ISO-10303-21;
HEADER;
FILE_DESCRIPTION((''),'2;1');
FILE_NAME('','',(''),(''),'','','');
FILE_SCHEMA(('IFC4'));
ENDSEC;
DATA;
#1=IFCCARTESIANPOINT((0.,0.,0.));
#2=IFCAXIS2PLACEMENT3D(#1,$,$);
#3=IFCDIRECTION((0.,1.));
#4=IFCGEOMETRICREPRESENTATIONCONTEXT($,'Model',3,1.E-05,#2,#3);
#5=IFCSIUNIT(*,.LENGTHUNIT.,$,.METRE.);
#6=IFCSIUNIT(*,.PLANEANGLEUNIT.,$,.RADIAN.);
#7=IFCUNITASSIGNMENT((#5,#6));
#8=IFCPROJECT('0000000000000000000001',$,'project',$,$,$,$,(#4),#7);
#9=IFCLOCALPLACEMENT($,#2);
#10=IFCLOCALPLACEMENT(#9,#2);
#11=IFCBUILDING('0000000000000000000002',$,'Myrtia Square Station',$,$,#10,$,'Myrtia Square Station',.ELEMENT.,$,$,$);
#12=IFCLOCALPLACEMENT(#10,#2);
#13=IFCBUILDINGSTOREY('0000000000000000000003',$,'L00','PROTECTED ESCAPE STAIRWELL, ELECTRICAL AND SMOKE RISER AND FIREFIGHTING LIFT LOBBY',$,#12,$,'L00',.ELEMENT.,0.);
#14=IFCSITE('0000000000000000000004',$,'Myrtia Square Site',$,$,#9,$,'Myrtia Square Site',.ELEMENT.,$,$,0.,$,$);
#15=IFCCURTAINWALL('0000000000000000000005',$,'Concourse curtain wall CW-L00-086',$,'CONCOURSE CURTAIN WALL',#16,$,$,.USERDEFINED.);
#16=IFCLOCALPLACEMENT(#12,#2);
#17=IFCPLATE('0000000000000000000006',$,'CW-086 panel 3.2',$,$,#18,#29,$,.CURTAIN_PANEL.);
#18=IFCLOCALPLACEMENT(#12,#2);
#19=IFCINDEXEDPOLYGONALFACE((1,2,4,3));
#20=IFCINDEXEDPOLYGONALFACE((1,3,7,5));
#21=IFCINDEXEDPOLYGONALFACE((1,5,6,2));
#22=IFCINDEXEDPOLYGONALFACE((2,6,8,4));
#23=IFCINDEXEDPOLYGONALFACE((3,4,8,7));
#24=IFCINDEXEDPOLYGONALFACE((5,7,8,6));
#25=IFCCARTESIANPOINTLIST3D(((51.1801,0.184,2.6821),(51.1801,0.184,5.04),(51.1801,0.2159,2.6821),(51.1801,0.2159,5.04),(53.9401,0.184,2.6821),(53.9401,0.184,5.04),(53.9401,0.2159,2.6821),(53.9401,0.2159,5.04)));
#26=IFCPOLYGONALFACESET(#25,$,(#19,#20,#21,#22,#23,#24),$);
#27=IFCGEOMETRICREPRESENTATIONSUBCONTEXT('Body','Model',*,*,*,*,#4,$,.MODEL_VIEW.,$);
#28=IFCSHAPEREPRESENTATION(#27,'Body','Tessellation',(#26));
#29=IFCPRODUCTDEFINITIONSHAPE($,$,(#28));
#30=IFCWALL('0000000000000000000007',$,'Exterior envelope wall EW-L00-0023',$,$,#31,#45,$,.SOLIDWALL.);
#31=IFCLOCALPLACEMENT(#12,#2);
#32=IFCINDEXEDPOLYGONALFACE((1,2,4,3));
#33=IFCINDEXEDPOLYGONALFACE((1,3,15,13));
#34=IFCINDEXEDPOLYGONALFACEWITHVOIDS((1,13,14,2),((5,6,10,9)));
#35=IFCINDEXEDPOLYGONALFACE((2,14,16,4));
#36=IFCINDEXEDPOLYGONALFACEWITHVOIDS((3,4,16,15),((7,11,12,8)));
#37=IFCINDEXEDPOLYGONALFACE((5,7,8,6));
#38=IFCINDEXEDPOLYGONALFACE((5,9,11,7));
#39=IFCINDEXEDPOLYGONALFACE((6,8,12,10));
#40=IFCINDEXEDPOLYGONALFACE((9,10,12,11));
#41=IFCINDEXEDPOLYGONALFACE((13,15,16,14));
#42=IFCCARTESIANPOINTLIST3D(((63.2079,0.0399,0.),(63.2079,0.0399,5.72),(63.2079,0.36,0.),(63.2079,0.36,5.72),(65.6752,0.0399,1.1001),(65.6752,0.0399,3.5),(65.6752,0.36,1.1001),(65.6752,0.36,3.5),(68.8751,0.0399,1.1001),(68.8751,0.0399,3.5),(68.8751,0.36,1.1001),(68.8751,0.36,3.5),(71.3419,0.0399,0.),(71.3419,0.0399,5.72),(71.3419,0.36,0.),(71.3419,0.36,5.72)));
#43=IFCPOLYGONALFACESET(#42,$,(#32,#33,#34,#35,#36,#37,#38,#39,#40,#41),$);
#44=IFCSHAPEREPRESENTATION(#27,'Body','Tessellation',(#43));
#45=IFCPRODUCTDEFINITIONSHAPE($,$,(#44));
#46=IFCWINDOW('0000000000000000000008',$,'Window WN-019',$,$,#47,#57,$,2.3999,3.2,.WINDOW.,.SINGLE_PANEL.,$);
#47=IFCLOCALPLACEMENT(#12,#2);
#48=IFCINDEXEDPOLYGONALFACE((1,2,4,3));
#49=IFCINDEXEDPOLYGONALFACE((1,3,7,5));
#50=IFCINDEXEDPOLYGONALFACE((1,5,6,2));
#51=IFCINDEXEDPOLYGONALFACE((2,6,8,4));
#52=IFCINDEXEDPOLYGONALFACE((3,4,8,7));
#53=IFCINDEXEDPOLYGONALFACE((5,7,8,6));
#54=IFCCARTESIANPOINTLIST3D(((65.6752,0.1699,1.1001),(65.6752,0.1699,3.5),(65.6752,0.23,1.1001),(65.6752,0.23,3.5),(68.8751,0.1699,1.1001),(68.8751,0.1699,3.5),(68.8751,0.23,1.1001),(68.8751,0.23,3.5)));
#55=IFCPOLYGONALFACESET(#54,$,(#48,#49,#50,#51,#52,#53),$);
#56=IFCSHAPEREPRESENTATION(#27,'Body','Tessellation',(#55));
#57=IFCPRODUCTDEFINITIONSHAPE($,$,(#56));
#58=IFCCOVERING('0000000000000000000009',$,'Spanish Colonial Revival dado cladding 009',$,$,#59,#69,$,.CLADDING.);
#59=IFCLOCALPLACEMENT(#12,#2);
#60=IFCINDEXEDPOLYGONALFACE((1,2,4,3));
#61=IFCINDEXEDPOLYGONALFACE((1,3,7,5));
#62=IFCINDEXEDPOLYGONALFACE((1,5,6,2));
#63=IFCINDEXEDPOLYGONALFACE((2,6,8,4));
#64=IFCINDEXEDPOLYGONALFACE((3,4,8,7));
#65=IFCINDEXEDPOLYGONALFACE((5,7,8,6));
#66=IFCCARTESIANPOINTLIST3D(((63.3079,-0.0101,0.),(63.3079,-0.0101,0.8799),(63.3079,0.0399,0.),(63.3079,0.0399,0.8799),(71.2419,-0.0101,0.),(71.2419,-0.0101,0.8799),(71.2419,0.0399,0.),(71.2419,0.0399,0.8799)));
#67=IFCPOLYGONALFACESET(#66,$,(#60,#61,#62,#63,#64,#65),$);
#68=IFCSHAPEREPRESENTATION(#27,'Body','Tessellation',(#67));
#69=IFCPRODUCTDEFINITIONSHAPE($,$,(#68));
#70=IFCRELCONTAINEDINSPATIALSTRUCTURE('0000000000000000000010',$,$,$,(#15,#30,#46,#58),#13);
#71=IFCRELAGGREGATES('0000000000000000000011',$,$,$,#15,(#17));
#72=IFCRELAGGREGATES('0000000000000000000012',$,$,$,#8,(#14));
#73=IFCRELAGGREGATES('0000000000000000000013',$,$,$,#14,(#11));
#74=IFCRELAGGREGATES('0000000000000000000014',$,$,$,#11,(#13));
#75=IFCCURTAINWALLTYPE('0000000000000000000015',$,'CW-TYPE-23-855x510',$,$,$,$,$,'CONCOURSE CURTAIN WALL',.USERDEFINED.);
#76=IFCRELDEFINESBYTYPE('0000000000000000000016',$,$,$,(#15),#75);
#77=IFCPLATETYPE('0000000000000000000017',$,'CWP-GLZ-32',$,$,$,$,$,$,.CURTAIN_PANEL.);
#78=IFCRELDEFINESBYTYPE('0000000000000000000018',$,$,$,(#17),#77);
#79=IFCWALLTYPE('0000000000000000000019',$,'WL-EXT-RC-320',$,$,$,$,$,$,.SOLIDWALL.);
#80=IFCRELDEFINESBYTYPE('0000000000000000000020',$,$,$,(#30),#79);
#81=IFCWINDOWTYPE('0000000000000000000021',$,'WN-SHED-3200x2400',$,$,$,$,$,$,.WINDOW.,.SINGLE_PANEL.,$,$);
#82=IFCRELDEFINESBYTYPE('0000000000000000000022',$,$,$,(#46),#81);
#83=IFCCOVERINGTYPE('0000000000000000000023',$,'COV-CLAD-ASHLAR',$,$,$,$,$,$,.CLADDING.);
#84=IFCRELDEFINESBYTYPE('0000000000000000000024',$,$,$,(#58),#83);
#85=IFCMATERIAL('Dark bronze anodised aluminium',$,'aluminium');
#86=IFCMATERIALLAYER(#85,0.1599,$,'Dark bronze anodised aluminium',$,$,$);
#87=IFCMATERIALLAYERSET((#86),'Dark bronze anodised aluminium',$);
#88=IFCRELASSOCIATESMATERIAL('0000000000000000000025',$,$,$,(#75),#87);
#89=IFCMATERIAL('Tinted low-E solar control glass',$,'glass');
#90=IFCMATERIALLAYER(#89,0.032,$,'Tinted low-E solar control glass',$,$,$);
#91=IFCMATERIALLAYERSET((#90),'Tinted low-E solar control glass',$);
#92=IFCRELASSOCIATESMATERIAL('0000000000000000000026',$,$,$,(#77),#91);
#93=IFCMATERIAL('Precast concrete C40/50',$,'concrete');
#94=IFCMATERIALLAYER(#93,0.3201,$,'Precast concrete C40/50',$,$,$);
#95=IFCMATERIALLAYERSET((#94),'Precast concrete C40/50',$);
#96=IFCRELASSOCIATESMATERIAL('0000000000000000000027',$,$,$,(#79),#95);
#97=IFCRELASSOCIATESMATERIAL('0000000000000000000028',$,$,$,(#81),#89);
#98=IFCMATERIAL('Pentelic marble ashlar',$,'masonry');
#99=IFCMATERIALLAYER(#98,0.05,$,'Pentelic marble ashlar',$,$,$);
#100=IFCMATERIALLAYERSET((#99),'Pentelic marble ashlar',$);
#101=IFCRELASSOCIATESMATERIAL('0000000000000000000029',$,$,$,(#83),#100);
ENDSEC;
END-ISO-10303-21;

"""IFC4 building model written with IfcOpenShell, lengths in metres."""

from ifc_helpers import new_model, si_unit, direction, frame, frame_2d, origin, origin_2d, place, context, subcontext, project, spatial, rectangle, extrude, material, layer, layer_set, type_object, element, fill, aggregate, save


model = new_model("IFC4")

# Units and contexts
model_context = context("Model", 3, precision=1e-05, world=origin(), true_north=direction((0.0, 1.0)))
body_context = subcontext(model_context, "Body", "Model", "MODEL_VIEW")
ifc_project = project(units=[si_unit("LENGTHUNIT", "METRE"), si_unit("PLANEANGLEUNIT", "RADIAN")], contexts=[model_context])

# Site, building, storey
site_placement = place(None, origin())
site = spatial("IfcSite", under=ifc_project, at=site_placement, Name="Myrtia Square Site", LongName="Myrtia Square Site", CompositionType="ELEMENT", RefElevation=0.0)
building_placement = place(site_placement, origin())
building = spatial("IfcBuilding", under=site, at=building_placement, Name="Myrtia Square Station", LongName="Myrtia Square Station", CompositionType="ELEMENT")
storey_placement = place(building_placement, origin())
storey = spatial("IfcBuildingStorey", under=building, at=storey_placement, Name="L00", Description="PROTECTED ESCAPE STAIRWELL, ELECTRICAL AND SMOKE RISER AND FIREFIGHTING LIFT LOBBY", LongName="L00", CompositionType="ELEMENT", Elevation=0.0)

# Curtain wall
ifc_material_1 = material(Name="Dark bronze anodised aluminium", Category="aluminium")
ifc_layer_1 = layer(ifc_material_1, 0.1599, Name="Dark bronze anodised aluminium")
ifc_layer_set_1 = layer_set([ifc_layer_1], Name="Dark bronze anodised aluminium")
curtain_wall_type = type_object("IfcCurtainWallType", Name="CW-TYPE-23-855x510", ElementType="CONCOURSE CURTAIN WALL", PredefinedType="USERDEFINED", material=ifc_layer_set_1)
curtain_wall_1_placement = place(storey_placement, origin())
curtain_wall_1 = element("IfcCurtainWall", 1, at=curtain_wall_1_placement, inside=storey, type_object=curtain_wall_type, Name="Concourse curtain wall CW-L00-086", ObjectType="CONCOURSE CURTAIN WALL", PredefinedType="USERDEFINED")

# Plate
ifc_material_2 = material(Name="Tinted low-E solar control glass", Category="glass")
ifc_layer_2 = layer(ifc_material_2, 0.032, Name="Tinted low-E solar control glass")
ifc_layer_set_2 = layer_set([ifc_layer_2], Name="Tinted low-E solar control glass")
plate_type_1 = type_object("IfcPlateType", Name="CWP-GLZ-32", PredefinedType="CURTAIN_PANEL", material=ifc_layer_set_2)
plate_1_placement = place(storey_placement, frame((52.5601, 0.2, 2.6821), z_axis=(0.0, 0.0, 1.0), x_axis=(1.0, 0.0, 0.0)))
plate_1 = element("IfcPlate", 2, at=plate_1_placement, type_object=plate_type_1, Name="CW-086 panel 3.2", PredefinedType="CURTAIN_PANEL", context=body_context, shape_type="SweptSolid", body=[
    extrude(rectangle(XDim=2.76, YDim=0.032, at=origin_2d()), origin(), (0.0, 0.0, 1.0), 2.3579),
])
aggregate(curtain_wall_1, [plate_1])

# Wall, opening, window
ifc_material_3 = material(Name="Precast concrete C40/50", Category="concrete")
ifc_layer_3 = layer(ifc_material_3, 0.3201, Name="Precast concrete C40/50")
ifc_layer_set_3 = layer_set([ifc_layer_3], Name="Precast concrete C40/50")
wall_type = type_object("IfcWallType", Name="WL-EXT-RC-320", PredefinedType="SOLIDWALL", material=ifc_layer_set_3)
wall_placement = place(storey_placement, frame((63.208, 0.2, 0.0), z_axis=(0.0, 0.0, 1.0), x_axis=(1.0, 0.0, 0.0)))
wall = element("IfcWall", 3, at=wall_placement, inside=storey, type_object=wall_type, Name="Exterior envelope wall EW-L00-0023", PredefinedType="SOLIDWALL", context=body_context, shape_type="SweptSolid", body=[
    extrude(rectangle(XDim=8.134, YDim=0.3201, at=frame_2d((4.0669, 0.0))), origin(), (0.0, 0.0, 1.0), 5.72),
])
opening_placement = place(wall_placement, frame((2.467, 0.0, 1.1001)))
opening = element("IfcOpeningElement", 4, at=opening_placement, cuts=wall, PredefinedType="OPENING", context=body_context, shape_type="SweptSolid", body=[
    extrude(rectangle(XDim=3.2, YDim=2.3999, at=frame_2d((1.6001, 1.2))), frame((0.0, 0.175, 0.0), z_axis=(0.0, -1.0, 0.0), x_axis=(1.0, 0.0, 0.0)), (0.0, 0.0, 1.0), 0.3501),
])
window_type = type_object("IfcWindowType", Name="WN-SHED-3200x2400", PartitioningType="SINGLE_PANEL", PredefinedType="WINDOW", material=ifc_material_2)
window_placement = place(opening_placement, origin())
window = element("IfcWindow", 5, at=window_placement, inside=storey, type_object=window_type, Name="Window WN-019", OverallHeight=2.3999, OverallWidth=3.2, PartitioningType="SINGLE_PANEL", PredefinedType="WINDOW", context=body_context, shape_type="SweptSolid", body=[
    extrude(rectangle(XDim=3.2, YDim=2.3999, at=frame_2d((1.6001, 1.2))), frame((0.0, 0.03, 0.0), z_axis=(0.0, -1.0, 0.0), x_axis=(1.0, 0.0, 0.0)), (0.0, 0.0, 1.0), 0.0601),
])
fill(opening, window)

# Covering
ifc_material_4 = material(Name="Pentelic marble ashlar", Category="masonry")
ifc_layer_4 = layer(ifc_material_4, 0.05, Name="Pentelic marble ashlar")
ifc_layer_set_4 = layer_set([ifc_layer_4], Name="Pentelic marble ashlar")
covering_type = type_object("IfcCoveringType", Name="COV-CLAD-ASHLAR", PredefinedType="CLADDING", material=ifc_layer_set_4)
covering_placement = place(storey_placement, frame((67.2749, 0.0149, 0.0), z_axis=(0.0, 0.0, 1.0), x_axis=(1.0, 0.0, 0.0)))
element("IfcCovering", 6, at=covering_placement, inside=storey, type_object=covering_type, Name="Spanish Colonial Revival dado cladding 009", PredefinedType="CLADDING", context=body_context, shape_type="SweptSolid", body=[
    extrude(rectangle(XDim=7.9341, YDim=0.05, at=origin_2d()), origin(), (0.0, 0.0, 1.0), 0.8799),
])

save(model, "model.ifc")
